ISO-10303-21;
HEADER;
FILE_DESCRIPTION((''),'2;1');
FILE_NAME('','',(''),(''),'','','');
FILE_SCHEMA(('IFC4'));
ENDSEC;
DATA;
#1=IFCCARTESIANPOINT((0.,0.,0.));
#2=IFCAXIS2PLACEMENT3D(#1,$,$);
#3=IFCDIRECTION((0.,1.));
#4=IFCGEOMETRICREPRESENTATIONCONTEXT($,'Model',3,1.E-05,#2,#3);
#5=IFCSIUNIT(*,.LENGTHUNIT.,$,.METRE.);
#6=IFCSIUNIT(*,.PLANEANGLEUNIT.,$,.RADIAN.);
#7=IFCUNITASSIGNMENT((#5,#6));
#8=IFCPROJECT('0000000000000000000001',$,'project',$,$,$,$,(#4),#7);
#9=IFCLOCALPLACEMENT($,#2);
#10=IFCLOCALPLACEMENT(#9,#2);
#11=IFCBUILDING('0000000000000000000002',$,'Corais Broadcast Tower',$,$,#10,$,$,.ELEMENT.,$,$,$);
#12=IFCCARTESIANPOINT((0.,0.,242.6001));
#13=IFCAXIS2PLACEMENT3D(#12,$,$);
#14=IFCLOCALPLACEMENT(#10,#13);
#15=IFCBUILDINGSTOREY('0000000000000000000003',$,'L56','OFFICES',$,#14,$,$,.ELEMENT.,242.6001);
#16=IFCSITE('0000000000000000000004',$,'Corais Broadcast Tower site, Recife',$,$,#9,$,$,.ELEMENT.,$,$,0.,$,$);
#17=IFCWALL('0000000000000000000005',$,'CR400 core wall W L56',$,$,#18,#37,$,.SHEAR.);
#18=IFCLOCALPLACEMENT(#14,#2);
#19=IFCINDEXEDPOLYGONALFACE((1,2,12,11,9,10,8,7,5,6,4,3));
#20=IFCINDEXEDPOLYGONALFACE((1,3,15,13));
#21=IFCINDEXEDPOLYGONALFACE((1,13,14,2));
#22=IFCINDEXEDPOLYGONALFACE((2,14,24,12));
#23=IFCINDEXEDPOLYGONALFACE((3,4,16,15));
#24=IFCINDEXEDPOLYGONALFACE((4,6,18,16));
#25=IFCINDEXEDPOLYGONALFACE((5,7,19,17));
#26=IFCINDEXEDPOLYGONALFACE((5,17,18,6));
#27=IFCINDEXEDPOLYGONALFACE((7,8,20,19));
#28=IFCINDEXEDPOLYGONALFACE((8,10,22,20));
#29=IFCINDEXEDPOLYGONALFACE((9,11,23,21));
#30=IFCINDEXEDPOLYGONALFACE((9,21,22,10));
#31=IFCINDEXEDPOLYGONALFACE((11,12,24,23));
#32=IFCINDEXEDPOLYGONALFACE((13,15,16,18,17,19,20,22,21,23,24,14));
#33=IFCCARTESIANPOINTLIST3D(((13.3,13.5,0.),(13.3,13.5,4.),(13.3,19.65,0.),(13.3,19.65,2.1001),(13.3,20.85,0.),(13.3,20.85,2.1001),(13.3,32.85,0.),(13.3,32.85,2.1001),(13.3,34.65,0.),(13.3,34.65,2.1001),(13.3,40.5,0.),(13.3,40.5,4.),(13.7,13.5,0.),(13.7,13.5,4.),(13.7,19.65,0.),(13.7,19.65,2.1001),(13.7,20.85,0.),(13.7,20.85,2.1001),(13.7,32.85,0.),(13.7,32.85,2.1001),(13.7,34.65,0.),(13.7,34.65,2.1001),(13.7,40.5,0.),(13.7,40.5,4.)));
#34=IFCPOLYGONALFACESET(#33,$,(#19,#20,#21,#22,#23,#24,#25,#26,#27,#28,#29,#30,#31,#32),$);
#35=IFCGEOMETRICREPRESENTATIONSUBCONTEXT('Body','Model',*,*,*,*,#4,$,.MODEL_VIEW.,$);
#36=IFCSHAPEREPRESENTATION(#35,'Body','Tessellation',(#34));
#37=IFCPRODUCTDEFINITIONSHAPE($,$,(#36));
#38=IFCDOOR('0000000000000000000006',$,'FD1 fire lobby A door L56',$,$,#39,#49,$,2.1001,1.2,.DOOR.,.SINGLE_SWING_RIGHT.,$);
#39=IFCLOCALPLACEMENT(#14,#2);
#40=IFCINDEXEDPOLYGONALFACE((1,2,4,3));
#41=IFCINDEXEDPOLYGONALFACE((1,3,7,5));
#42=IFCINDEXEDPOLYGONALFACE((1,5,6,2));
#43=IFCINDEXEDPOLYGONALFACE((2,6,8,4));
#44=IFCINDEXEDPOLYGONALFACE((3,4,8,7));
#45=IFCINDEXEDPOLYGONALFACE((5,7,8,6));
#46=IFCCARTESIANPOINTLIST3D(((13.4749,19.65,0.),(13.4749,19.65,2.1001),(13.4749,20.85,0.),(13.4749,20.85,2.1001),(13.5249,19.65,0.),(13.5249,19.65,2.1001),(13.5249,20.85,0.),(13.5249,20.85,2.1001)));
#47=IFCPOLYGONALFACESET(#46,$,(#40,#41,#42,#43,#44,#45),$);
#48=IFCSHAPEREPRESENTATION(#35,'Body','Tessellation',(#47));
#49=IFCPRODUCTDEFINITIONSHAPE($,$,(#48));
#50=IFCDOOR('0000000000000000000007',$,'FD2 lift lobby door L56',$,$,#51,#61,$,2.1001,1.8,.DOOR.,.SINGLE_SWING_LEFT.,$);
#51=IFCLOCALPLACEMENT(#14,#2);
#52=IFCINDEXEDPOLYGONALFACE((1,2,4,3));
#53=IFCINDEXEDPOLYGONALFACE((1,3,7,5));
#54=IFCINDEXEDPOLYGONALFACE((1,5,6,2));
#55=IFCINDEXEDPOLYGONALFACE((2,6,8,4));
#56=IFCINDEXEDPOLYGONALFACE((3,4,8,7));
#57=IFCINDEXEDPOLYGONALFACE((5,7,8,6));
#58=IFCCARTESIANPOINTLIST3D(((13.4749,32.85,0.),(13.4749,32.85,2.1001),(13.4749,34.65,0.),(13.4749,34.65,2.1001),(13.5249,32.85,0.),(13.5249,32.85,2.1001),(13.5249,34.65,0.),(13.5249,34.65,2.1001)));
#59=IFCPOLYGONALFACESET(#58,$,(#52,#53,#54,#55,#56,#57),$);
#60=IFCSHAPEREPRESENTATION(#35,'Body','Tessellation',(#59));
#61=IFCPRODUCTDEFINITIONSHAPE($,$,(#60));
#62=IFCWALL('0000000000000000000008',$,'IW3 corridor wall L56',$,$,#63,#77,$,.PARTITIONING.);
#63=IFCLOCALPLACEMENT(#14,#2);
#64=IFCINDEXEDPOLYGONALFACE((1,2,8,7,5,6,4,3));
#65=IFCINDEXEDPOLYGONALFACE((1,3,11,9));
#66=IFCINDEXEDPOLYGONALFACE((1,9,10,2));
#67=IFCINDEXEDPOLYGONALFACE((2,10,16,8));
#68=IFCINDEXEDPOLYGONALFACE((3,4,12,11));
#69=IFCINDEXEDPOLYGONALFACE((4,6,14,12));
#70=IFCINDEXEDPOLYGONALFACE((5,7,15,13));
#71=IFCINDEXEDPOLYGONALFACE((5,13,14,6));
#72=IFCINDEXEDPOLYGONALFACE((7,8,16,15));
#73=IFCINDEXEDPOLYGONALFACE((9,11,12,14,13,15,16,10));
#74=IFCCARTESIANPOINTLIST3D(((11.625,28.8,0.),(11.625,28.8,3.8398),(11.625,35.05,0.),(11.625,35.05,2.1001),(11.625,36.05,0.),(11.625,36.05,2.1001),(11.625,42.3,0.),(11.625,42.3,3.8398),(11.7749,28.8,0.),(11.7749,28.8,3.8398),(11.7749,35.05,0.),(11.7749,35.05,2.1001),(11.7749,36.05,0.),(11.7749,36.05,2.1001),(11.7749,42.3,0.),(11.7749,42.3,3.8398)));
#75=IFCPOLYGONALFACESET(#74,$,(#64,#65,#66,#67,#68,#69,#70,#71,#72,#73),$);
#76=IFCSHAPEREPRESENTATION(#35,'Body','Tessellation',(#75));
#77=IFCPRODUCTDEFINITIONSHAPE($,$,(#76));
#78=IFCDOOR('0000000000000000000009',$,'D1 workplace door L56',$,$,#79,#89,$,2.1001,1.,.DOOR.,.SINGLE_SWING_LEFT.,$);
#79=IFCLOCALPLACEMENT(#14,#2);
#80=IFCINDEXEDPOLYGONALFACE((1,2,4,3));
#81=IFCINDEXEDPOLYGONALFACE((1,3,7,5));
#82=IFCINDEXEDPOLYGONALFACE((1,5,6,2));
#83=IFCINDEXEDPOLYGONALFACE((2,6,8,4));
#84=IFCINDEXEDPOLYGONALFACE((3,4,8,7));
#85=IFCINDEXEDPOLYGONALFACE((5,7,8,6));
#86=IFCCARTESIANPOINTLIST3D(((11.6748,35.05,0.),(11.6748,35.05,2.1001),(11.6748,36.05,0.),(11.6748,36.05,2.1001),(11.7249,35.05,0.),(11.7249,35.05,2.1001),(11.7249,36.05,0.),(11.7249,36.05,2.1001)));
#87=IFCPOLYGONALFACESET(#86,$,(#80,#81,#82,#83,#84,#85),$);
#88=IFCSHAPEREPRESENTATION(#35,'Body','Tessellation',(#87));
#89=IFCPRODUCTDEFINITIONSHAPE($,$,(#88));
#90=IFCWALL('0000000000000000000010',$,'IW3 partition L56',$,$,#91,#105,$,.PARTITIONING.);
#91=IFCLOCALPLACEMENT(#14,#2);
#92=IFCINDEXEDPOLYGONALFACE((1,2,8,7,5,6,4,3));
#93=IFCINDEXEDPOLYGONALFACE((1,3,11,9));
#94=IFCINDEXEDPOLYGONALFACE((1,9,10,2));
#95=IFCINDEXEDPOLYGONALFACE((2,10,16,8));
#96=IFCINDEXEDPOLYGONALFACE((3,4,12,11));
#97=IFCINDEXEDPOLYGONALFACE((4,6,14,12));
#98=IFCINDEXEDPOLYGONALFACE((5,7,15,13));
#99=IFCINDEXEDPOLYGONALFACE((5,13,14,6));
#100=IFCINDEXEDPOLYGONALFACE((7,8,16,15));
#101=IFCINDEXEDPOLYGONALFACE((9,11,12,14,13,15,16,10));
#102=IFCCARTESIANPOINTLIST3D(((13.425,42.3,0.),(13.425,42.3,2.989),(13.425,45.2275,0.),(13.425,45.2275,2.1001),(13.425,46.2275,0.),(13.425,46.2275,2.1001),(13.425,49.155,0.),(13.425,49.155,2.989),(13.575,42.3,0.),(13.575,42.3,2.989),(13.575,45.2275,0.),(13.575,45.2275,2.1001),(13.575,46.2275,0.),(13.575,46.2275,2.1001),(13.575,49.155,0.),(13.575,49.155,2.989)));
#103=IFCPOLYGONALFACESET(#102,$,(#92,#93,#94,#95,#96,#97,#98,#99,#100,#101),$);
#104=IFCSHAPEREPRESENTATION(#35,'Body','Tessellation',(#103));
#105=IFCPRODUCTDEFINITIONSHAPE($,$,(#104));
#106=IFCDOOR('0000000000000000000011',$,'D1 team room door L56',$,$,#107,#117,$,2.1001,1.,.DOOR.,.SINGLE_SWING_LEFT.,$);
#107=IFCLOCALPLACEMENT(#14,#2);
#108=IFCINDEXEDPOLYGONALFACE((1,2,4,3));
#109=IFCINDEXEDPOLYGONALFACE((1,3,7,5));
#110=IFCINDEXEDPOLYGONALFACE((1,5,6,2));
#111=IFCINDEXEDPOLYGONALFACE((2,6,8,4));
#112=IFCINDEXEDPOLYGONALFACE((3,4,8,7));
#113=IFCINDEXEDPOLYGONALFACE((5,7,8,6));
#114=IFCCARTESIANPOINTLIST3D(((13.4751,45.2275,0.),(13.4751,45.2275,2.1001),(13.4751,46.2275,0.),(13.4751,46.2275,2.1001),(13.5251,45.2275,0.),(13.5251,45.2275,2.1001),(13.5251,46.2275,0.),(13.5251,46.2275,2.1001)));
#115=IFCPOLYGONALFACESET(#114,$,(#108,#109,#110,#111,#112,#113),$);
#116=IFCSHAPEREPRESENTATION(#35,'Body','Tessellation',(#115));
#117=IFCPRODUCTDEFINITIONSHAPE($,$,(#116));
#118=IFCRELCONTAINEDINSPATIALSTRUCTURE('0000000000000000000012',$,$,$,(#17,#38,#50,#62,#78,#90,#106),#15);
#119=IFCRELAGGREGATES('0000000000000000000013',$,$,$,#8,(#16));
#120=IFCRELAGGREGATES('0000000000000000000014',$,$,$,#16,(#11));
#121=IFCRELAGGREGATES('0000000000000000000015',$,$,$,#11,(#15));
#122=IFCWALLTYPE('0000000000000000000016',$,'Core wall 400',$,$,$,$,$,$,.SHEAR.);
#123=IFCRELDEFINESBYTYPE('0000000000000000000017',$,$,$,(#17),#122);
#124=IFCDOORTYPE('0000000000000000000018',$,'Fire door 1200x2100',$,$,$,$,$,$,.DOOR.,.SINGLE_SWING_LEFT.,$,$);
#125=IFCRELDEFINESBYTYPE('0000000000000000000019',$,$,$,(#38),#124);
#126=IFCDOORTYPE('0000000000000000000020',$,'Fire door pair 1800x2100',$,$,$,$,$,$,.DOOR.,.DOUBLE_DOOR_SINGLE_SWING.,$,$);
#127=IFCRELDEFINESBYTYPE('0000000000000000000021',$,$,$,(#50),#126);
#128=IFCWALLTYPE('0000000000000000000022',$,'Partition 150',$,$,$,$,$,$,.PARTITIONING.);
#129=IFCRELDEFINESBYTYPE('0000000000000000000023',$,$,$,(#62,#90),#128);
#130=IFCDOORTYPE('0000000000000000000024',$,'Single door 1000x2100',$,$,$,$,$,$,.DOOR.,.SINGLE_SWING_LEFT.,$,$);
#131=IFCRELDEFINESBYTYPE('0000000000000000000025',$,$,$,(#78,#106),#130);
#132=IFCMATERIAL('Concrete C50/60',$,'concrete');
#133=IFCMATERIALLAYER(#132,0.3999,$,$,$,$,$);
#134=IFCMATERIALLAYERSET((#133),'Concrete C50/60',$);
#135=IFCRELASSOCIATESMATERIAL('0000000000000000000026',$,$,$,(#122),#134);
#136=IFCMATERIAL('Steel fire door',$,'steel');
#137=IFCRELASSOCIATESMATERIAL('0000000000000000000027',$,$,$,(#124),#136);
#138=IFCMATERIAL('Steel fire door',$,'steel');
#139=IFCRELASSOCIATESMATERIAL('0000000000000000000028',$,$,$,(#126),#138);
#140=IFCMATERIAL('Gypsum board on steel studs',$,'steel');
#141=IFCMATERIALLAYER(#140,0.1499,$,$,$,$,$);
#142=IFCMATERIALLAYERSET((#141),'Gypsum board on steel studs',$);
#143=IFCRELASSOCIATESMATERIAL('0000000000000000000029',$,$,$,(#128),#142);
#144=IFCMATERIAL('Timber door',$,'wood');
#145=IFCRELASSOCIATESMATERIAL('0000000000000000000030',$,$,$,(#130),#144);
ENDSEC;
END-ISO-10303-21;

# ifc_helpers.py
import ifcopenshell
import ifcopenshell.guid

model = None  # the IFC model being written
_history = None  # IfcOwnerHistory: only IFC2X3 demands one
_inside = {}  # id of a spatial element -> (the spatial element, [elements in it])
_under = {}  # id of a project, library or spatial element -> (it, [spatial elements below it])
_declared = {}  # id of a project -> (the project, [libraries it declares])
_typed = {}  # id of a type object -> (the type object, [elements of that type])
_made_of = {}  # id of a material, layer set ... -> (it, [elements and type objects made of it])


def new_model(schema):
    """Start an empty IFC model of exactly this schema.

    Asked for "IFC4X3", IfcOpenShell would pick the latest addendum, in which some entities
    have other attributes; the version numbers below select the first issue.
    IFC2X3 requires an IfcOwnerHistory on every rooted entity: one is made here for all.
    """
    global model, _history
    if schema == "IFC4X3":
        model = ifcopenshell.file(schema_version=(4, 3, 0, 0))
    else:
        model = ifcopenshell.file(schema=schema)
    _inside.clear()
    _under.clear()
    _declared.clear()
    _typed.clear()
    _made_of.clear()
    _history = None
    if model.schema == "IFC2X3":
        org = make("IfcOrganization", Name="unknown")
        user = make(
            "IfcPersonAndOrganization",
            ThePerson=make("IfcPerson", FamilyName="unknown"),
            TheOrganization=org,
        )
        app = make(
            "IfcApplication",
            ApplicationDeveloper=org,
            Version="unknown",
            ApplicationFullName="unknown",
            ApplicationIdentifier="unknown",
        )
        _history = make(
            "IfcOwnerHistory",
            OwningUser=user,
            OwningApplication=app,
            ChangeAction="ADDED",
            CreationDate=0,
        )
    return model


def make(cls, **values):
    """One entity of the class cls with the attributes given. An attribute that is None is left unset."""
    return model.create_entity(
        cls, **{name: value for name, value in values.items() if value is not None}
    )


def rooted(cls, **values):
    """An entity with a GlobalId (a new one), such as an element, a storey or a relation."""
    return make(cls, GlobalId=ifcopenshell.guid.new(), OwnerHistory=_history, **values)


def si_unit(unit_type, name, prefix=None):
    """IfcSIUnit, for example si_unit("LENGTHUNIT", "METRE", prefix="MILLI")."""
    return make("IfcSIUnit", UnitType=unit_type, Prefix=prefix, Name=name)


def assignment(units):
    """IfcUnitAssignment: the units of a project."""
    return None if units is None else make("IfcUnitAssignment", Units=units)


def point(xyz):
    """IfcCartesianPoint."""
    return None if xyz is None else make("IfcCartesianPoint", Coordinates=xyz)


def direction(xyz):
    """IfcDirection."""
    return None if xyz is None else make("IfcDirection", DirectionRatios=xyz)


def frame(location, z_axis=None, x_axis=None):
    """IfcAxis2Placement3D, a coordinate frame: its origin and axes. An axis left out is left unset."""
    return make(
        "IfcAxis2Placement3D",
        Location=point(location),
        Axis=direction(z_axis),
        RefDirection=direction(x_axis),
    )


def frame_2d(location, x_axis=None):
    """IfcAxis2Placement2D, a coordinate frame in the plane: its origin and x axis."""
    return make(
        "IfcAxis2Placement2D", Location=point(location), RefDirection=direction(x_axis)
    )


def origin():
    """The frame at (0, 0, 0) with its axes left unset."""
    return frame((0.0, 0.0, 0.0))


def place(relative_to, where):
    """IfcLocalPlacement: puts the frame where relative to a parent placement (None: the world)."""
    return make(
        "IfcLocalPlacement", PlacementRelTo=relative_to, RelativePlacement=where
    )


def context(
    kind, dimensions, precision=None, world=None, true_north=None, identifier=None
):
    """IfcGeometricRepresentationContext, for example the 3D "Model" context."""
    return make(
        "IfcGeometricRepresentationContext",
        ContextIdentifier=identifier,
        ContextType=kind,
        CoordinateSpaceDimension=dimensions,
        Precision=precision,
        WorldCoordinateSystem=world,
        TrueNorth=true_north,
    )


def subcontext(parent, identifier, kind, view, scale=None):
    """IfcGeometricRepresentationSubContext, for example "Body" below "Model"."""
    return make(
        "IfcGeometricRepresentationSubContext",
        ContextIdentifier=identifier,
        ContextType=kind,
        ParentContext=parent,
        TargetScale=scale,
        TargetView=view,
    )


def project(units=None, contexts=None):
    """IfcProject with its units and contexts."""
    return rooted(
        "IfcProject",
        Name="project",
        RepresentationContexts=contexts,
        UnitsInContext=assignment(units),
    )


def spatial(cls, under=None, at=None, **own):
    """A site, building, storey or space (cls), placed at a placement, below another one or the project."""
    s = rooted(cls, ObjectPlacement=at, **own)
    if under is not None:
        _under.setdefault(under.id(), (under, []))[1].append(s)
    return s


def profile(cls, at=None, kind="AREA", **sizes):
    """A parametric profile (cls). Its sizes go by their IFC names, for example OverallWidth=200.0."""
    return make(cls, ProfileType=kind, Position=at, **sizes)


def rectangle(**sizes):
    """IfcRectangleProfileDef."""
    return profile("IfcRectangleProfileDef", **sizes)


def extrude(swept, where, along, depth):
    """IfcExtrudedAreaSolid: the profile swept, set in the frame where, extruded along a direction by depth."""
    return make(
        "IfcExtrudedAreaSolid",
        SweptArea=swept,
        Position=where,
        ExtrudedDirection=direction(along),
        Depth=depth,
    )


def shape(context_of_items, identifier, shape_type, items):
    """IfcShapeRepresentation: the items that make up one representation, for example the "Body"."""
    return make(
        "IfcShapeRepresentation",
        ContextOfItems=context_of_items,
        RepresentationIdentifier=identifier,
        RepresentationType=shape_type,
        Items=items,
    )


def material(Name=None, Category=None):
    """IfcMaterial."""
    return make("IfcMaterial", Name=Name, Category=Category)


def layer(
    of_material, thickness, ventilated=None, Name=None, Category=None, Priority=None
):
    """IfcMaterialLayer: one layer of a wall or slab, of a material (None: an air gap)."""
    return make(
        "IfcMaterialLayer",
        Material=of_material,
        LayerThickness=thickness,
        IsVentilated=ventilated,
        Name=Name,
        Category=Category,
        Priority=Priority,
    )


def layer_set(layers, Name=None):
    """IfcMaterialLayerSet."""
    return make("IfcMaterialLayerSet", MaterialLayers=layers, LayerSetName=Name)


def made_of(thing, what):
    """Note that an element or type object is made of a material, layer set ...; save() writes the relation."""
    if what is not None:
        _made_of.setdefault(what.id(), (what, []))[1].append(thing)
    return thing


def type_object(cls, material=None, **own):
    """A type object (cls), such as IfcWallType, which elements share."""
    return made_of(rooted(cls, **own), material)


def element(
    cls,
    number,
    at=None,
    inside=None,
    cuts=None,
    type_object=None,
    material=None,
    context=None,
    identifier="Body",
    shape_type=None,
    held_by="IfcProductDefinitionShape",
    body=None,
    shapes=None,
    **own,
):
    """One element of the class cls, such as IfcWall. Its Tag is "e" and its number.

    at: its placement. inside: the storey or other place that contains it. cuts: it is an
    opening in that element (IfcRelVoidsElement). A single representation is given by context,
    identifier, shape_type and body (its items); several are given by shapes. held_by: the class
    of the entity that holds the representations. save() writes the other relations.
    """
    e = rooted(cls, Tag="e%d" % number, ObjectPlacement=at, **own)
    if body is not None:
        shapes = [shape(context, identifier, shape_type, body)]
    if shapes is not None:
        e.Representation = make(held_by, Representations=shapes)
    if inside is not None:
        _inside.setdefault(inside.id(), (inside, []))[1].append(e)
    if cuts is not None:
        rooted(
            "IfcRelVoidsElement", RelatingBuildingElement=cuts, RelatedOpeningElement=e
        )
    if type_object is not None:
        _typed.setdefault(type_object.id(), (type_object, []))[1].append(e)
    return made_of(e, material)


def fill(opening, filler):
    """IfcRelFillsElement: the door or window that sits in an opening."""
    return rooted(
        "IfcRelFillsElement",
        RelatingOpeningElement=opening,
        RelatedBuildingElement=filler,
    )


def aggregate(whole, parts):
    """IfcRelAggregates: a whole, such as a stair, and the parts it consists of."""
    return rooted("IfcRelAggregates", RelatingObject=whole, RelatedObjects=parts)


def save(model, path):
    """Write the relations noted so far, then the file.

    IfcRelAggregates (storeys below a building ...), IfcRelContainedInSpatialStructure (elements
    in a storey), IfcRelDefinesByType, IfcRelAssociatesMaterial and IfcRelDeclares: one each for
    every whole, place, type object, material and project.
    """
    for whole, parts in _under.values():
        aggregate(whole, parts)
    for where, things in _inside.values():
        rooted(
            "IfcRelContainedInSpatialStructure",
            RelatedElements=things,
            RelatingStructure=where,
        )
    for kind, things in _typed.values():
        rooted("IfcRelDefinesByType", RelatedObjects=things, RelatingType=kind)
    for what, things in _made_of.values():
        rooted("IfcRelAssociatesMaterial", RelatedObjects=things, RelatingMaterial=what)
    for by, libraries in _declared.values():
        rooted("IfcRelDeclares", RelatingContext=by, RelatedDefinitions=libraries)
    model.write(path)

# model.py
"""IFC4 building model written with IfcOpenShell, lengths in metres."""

from ifc_helpers import new_model, si_unit, direction, frame, frame_2d, origin, place, context, subcontext, project, spatial, rectangle, extrude, material, layer, layer_set, type_object, element, fill, save


model = new_model("IFC4")

# Units and contexts
model_context = context("Model", 3, precision=1e-05, world=origin(), true_north=direction((0.0, 1.0)))
body_context = subcontext(model_context, "Body", "Model", "MODEL_VIEW")
ifc_project = project(units=[si_unit("LENGTHUNIT", "METRE"), si_unit("PLANEANGLEUNIT", "RADIAN")], contexts=[model_context])

# Site, building, storey
site_placement = place(None, origin())
site = spatial("IfcSite", under=ifc_project, at=site_placement, Name="Corais Broadcast Tower site, Recife", CompositionType="ELEMENT", RefElevation=0.0)
building_placement = place(site_placement, origin())
building = spatial("IfcBuilding", under=site, at=building_placement, Name="Corais Broadcast Tower", CompositionType="ELEMENT")
storey_placement = place(building_placement, frame((0.0, 0.0, 242.6001)))
storey = spatial("IfcBuildingStorey", under=building, at=storey_placement, Name="L56", Description="OFFICES", CompositionType="ELEMENT", Elevation=242.6001)

# Wall, openings, doors
ifc_material_1 = material(Name="Concrete C50/60", Category="concrete")
ifc_layer_1 = layer(ifc_material_1, 0.3999)
ifc_layer_set_1 = layer_set([ifc_layer_1], Name="Concrete C50/60")
wall_type_1 = type_object("IfcWallType", Name="Core wall 400", PredefinedType="SHEAR", material=ifc_layer_set_1)
wall_1_placement = place(storey_placement, frame((13.5, 40.5, 0.0), z_axis=(0.0, 0.0, 1.0), x_axis=(0.0, -1.0, 0.0)))
wall_1 = element("IfcWall", 1, at=wall_1_placement, inside=storey, type_object=wall_type_1, Name="CR400 core wall W L56", PredefinedType="SHEAR", context=body_context, shape_type="SweptSolid", body=[
    extrude(rectangle(XDim=27.0, YDim=0.3999, at=frame_2d((13.5, 0.0))), origin(), (0.0, 0.0, 1.0), 4.0),
])
opening_1_placement = place(wall_1_placement, frame((19.6499, 0.0, 0.0)))
opening_1 = element("IfcOpeningElement", 2, at=opening_1_placement, cuts=wall_1, PredefinedType="OPENING", context=body_context, shape_type="SweptSolid", body=[
    extrude(rectangle(XDim=1.2, YDim=2.1001, at=frame_2d((0.6001, 1.05))), frame((0.0, 0.21, 0.0), z_axis=(0.0, -1.0, 0.0), x_axis=(1.0, 0.0, 0.0)), (0.0, 0.0, 1.0), 0.4199),
])
opening_2_placement = place(wall_1_placement, frame((5.8501, 0.0, 0.0)))
opening_2 = element("IfcOpeningElement", 3, at=opening_2_placement, cuts=wall_1, PredefinedType="OPENING", context=body_context, shape_type="SweptSolid", body=[
    extrude(rectangle(XDim=1.8, YDim=2.1001, at=frame_2d((0.8999, 1.05))), frame((0.0, 0.21, 0.0), z_axis=(0.0, -1.0, 0.0), x_axis=(1.0, 0.0, 0.0)), (0.0, 0.0, 1.0), 0.4199),
])
ifc_material_2 = material(Name="Steel fire door", Category="steel")
door_type_1 = type_object("IfcDoorType", Name="Fire door 1200x2100", OperationType="SINGLE_SWING_LEFT", PredefinedType="DOOR", material=ifc_material_2)
door_1_placement = place(opening_1_placement, origin())
door_1 = element("IfcDoor", 4, at=door_1_placement, inside=storey, type_object=door_type_1, Name="FD1 fire lobby A door L56", OperationType="SINGLE_SWING_RIGHT", OverallHeight=2.1001, OverallWidth=1.2, PredefinedType="DOOR", context=body_context, shape_type="SweptSolid", body=[
    extrude(rectangle(XDim=1.2, YDim=2.1001, at=frame_2d((0.6001, 1.05))), frame((0.0, 0.0249, 0.0), z_axis=(0.0, -1.0, 0.0), x_axis=(1.0, 0.0, 0.0)), (0.0, 0.0, 1.0), 0.05),
])
fill(opening_1, door_1)
ifc_material_3 = material(Name="Steel fire door", Category="steel")
door_type_2 = type_object("IfcDoorType", Name="Fire door pair 1800x2100", OperationType="DOUBLE_DOOR_SINGLE_SWING", PredefinedType="DOOR", material=ifc_material_3)
door_2_placement = place(opening_2_placement, origin())
door_2 = element("IfcDoor", 5, at=door_2_placement, inside=storey, type_object=door_type_2, Name="FD2 lift lobby door L56", OperationType="SINGLE_SWING_LEFT", OverallHeight=2.1001, OverallWidth=1.8, PredefinedType="DOOR", context=body_context, shape_type="SweptSolid", body=[
    extrude(rectangle(XDim=1.8, YDim=2.1001, at=frame_2d((0.8999, 1.05))), frame((0.0, 0.0249, 0.0), z_axis=(0.0, -1.0, 0.0), x_axis=(1.0, 0.0, 0.0)), (0.0, 0.0, 1.0), 0.05),
])
fill(opening_2, door_2)

# Walls, openings, doors
ifc_material_4 = material(Name="Gypsum board on steel studs", Category="steel")
ifc_layer_2 = layer(ifc_material_4, 0.1499)
ifc_layer_set_2 = layer_set([ifc_layer_2], Name="Gypsum board on steel studs")
wall_type_2 = type_object("IfcWallType", Name="Partition 150", PredefinedType="PARTITIONING", material=ifc_layer_set_2)
wall_2_placement = place(storey_placement, frame((11.7, 42.3, 0.0), z_axis=(0.0, 0.0, 1.0), x_axis=(0.0, -1.0, 0.0)))
wall_2 = element("IfcWall", 6, at=wall_2_placement, inside=storey, type_object=wall_type_2, Name="IW3 corridor wall L56", PredefinedType="PARTITIONING", context=body_context, shape_type="SweptSolid", body=[
    extrude(rectangle(XDim=13.5, YDim=0.1499, at=frame_2d((6.75, 0.0))), origin(), (0.0, 0.0, 1.0), 3.8398),
])
opening_3_placement = place(wall_2_placement, frame((6.25, 0.0, 0.0)))
opening_3 = element("IfcOpeningElement", 7, at=opening_3_placement, cuts=wall_2, PredefinedType="OPENING", context=body_context, shape_type="SweptSolid", body=[
    extrude(rectangle(XDim=1.0, YDim=2.1001, at=frame_2d((0.5, 1.05))), frame((0.0, 0.085, 0.0), z_axis=(0.0, -1.0, 0.0), x_axis=(1.0, 0.0, 0.0)), (0.0, 0.0, 1.0), 0.1699),
])
ifc_material_5 = material(Name="Timber door", Category="wood")
door_type_3 = type_object("IfcDoorType", Name="Single door 1000x2100", OperationType="SINGLE_SWING_LEFT", PredefinedType="DOOR", material=ifc_material_5)
door_3_placement = place(opening_3_placement, origin())
door_3 = element("IfcDoor", 8, at=door_3_placement, inside=storey, type_object=door_type_3, Name="D1 workplace door L56", OperationType="SINGLE_SWING_LEFT", OverallHeight=2.1001, OverallWidth=1.0, PredefinedType="DOOR", context=body_context, shape_type="SweptSolid", body=[
    extrude(rectangle(XDim=1.0, YDim=2.1001, at=frame_2d((0.5, 1.05))), frame((0.0, 0.0249, 0.0), z_axis=(0.0, -1.0, 0.0), x_axis=(1.0, 0.0, 0.0)), (0.0, 0.0, 1.0), 0.05),
])
fill(opening_3, door_3)
wall_3_placement = place(storey_placement, frame((13.5, 42.3, 0.0), z_axis=(0.0, 0.0, 1.0), x_axis=(0.0, 1.0, 0.0)))
wall_3 = element("IfcWall", 9, at=wall_3_placement, inside=storey, type_object=wall_type_2, Name="IW3 partition L56", PredefinedType="PARTITIONING", context=body_context, shape_type="SweptSolid", body=[
    extrude(rectangle(XDim=6.855, YDim=0.1499, at=frame_2d((3.4275, 0.0))), origin(), (0.0, 0.0, 1.0), 2.989),
])
opening_4_placement = place(wall_3_placement, frame((2.9275, 0.0, 0.0)))
opening_4 = element("IfcOpeningElement", 10, at=opening_4_placement, cuts=wall_3, PredefinedType="OPENING", context=body_context, shape_type="SweptSolid", body=[
    extrude(rectangle(XDim=1.0, YDim=2.1001, at=frame_2d((0.5, 1.05))), frame((0.0, 0.085, 0.0), z_axis=(0.0, -1.0, 0.0), x_axis=(1.0, 0.0, 0.0)), (0.0, 0.0, 1.0), 0.1699),
])
door_4_placement = place(opening_4_placement, origin())
door_4 = element("IfcDoor", 11, at=door_4_placement, inside=storey, type_object=door_type_3, Name="D1 team room door L56", OperationType="SINGLE_SWING_LEFT", OverallHeight=2.1001, OverallWidth=1.0, PredefinedType="DOOR", context=body_context, shape_type="SweptSolid", body=[
    extrude(rectangle(XDim=1.0, YDim=2.1001, at=frame_2d((0.5, 1.05))), frame((0.0, 0.0249, 0.0), z_axis=(0.0, -1.0, 0.0), x_axis=(1.0, 0.0, 0.0)), (0.0, 0.0, 1.0), 0.05),
])
fill(opening_4, door_4)

save(model, "model.ifc")
